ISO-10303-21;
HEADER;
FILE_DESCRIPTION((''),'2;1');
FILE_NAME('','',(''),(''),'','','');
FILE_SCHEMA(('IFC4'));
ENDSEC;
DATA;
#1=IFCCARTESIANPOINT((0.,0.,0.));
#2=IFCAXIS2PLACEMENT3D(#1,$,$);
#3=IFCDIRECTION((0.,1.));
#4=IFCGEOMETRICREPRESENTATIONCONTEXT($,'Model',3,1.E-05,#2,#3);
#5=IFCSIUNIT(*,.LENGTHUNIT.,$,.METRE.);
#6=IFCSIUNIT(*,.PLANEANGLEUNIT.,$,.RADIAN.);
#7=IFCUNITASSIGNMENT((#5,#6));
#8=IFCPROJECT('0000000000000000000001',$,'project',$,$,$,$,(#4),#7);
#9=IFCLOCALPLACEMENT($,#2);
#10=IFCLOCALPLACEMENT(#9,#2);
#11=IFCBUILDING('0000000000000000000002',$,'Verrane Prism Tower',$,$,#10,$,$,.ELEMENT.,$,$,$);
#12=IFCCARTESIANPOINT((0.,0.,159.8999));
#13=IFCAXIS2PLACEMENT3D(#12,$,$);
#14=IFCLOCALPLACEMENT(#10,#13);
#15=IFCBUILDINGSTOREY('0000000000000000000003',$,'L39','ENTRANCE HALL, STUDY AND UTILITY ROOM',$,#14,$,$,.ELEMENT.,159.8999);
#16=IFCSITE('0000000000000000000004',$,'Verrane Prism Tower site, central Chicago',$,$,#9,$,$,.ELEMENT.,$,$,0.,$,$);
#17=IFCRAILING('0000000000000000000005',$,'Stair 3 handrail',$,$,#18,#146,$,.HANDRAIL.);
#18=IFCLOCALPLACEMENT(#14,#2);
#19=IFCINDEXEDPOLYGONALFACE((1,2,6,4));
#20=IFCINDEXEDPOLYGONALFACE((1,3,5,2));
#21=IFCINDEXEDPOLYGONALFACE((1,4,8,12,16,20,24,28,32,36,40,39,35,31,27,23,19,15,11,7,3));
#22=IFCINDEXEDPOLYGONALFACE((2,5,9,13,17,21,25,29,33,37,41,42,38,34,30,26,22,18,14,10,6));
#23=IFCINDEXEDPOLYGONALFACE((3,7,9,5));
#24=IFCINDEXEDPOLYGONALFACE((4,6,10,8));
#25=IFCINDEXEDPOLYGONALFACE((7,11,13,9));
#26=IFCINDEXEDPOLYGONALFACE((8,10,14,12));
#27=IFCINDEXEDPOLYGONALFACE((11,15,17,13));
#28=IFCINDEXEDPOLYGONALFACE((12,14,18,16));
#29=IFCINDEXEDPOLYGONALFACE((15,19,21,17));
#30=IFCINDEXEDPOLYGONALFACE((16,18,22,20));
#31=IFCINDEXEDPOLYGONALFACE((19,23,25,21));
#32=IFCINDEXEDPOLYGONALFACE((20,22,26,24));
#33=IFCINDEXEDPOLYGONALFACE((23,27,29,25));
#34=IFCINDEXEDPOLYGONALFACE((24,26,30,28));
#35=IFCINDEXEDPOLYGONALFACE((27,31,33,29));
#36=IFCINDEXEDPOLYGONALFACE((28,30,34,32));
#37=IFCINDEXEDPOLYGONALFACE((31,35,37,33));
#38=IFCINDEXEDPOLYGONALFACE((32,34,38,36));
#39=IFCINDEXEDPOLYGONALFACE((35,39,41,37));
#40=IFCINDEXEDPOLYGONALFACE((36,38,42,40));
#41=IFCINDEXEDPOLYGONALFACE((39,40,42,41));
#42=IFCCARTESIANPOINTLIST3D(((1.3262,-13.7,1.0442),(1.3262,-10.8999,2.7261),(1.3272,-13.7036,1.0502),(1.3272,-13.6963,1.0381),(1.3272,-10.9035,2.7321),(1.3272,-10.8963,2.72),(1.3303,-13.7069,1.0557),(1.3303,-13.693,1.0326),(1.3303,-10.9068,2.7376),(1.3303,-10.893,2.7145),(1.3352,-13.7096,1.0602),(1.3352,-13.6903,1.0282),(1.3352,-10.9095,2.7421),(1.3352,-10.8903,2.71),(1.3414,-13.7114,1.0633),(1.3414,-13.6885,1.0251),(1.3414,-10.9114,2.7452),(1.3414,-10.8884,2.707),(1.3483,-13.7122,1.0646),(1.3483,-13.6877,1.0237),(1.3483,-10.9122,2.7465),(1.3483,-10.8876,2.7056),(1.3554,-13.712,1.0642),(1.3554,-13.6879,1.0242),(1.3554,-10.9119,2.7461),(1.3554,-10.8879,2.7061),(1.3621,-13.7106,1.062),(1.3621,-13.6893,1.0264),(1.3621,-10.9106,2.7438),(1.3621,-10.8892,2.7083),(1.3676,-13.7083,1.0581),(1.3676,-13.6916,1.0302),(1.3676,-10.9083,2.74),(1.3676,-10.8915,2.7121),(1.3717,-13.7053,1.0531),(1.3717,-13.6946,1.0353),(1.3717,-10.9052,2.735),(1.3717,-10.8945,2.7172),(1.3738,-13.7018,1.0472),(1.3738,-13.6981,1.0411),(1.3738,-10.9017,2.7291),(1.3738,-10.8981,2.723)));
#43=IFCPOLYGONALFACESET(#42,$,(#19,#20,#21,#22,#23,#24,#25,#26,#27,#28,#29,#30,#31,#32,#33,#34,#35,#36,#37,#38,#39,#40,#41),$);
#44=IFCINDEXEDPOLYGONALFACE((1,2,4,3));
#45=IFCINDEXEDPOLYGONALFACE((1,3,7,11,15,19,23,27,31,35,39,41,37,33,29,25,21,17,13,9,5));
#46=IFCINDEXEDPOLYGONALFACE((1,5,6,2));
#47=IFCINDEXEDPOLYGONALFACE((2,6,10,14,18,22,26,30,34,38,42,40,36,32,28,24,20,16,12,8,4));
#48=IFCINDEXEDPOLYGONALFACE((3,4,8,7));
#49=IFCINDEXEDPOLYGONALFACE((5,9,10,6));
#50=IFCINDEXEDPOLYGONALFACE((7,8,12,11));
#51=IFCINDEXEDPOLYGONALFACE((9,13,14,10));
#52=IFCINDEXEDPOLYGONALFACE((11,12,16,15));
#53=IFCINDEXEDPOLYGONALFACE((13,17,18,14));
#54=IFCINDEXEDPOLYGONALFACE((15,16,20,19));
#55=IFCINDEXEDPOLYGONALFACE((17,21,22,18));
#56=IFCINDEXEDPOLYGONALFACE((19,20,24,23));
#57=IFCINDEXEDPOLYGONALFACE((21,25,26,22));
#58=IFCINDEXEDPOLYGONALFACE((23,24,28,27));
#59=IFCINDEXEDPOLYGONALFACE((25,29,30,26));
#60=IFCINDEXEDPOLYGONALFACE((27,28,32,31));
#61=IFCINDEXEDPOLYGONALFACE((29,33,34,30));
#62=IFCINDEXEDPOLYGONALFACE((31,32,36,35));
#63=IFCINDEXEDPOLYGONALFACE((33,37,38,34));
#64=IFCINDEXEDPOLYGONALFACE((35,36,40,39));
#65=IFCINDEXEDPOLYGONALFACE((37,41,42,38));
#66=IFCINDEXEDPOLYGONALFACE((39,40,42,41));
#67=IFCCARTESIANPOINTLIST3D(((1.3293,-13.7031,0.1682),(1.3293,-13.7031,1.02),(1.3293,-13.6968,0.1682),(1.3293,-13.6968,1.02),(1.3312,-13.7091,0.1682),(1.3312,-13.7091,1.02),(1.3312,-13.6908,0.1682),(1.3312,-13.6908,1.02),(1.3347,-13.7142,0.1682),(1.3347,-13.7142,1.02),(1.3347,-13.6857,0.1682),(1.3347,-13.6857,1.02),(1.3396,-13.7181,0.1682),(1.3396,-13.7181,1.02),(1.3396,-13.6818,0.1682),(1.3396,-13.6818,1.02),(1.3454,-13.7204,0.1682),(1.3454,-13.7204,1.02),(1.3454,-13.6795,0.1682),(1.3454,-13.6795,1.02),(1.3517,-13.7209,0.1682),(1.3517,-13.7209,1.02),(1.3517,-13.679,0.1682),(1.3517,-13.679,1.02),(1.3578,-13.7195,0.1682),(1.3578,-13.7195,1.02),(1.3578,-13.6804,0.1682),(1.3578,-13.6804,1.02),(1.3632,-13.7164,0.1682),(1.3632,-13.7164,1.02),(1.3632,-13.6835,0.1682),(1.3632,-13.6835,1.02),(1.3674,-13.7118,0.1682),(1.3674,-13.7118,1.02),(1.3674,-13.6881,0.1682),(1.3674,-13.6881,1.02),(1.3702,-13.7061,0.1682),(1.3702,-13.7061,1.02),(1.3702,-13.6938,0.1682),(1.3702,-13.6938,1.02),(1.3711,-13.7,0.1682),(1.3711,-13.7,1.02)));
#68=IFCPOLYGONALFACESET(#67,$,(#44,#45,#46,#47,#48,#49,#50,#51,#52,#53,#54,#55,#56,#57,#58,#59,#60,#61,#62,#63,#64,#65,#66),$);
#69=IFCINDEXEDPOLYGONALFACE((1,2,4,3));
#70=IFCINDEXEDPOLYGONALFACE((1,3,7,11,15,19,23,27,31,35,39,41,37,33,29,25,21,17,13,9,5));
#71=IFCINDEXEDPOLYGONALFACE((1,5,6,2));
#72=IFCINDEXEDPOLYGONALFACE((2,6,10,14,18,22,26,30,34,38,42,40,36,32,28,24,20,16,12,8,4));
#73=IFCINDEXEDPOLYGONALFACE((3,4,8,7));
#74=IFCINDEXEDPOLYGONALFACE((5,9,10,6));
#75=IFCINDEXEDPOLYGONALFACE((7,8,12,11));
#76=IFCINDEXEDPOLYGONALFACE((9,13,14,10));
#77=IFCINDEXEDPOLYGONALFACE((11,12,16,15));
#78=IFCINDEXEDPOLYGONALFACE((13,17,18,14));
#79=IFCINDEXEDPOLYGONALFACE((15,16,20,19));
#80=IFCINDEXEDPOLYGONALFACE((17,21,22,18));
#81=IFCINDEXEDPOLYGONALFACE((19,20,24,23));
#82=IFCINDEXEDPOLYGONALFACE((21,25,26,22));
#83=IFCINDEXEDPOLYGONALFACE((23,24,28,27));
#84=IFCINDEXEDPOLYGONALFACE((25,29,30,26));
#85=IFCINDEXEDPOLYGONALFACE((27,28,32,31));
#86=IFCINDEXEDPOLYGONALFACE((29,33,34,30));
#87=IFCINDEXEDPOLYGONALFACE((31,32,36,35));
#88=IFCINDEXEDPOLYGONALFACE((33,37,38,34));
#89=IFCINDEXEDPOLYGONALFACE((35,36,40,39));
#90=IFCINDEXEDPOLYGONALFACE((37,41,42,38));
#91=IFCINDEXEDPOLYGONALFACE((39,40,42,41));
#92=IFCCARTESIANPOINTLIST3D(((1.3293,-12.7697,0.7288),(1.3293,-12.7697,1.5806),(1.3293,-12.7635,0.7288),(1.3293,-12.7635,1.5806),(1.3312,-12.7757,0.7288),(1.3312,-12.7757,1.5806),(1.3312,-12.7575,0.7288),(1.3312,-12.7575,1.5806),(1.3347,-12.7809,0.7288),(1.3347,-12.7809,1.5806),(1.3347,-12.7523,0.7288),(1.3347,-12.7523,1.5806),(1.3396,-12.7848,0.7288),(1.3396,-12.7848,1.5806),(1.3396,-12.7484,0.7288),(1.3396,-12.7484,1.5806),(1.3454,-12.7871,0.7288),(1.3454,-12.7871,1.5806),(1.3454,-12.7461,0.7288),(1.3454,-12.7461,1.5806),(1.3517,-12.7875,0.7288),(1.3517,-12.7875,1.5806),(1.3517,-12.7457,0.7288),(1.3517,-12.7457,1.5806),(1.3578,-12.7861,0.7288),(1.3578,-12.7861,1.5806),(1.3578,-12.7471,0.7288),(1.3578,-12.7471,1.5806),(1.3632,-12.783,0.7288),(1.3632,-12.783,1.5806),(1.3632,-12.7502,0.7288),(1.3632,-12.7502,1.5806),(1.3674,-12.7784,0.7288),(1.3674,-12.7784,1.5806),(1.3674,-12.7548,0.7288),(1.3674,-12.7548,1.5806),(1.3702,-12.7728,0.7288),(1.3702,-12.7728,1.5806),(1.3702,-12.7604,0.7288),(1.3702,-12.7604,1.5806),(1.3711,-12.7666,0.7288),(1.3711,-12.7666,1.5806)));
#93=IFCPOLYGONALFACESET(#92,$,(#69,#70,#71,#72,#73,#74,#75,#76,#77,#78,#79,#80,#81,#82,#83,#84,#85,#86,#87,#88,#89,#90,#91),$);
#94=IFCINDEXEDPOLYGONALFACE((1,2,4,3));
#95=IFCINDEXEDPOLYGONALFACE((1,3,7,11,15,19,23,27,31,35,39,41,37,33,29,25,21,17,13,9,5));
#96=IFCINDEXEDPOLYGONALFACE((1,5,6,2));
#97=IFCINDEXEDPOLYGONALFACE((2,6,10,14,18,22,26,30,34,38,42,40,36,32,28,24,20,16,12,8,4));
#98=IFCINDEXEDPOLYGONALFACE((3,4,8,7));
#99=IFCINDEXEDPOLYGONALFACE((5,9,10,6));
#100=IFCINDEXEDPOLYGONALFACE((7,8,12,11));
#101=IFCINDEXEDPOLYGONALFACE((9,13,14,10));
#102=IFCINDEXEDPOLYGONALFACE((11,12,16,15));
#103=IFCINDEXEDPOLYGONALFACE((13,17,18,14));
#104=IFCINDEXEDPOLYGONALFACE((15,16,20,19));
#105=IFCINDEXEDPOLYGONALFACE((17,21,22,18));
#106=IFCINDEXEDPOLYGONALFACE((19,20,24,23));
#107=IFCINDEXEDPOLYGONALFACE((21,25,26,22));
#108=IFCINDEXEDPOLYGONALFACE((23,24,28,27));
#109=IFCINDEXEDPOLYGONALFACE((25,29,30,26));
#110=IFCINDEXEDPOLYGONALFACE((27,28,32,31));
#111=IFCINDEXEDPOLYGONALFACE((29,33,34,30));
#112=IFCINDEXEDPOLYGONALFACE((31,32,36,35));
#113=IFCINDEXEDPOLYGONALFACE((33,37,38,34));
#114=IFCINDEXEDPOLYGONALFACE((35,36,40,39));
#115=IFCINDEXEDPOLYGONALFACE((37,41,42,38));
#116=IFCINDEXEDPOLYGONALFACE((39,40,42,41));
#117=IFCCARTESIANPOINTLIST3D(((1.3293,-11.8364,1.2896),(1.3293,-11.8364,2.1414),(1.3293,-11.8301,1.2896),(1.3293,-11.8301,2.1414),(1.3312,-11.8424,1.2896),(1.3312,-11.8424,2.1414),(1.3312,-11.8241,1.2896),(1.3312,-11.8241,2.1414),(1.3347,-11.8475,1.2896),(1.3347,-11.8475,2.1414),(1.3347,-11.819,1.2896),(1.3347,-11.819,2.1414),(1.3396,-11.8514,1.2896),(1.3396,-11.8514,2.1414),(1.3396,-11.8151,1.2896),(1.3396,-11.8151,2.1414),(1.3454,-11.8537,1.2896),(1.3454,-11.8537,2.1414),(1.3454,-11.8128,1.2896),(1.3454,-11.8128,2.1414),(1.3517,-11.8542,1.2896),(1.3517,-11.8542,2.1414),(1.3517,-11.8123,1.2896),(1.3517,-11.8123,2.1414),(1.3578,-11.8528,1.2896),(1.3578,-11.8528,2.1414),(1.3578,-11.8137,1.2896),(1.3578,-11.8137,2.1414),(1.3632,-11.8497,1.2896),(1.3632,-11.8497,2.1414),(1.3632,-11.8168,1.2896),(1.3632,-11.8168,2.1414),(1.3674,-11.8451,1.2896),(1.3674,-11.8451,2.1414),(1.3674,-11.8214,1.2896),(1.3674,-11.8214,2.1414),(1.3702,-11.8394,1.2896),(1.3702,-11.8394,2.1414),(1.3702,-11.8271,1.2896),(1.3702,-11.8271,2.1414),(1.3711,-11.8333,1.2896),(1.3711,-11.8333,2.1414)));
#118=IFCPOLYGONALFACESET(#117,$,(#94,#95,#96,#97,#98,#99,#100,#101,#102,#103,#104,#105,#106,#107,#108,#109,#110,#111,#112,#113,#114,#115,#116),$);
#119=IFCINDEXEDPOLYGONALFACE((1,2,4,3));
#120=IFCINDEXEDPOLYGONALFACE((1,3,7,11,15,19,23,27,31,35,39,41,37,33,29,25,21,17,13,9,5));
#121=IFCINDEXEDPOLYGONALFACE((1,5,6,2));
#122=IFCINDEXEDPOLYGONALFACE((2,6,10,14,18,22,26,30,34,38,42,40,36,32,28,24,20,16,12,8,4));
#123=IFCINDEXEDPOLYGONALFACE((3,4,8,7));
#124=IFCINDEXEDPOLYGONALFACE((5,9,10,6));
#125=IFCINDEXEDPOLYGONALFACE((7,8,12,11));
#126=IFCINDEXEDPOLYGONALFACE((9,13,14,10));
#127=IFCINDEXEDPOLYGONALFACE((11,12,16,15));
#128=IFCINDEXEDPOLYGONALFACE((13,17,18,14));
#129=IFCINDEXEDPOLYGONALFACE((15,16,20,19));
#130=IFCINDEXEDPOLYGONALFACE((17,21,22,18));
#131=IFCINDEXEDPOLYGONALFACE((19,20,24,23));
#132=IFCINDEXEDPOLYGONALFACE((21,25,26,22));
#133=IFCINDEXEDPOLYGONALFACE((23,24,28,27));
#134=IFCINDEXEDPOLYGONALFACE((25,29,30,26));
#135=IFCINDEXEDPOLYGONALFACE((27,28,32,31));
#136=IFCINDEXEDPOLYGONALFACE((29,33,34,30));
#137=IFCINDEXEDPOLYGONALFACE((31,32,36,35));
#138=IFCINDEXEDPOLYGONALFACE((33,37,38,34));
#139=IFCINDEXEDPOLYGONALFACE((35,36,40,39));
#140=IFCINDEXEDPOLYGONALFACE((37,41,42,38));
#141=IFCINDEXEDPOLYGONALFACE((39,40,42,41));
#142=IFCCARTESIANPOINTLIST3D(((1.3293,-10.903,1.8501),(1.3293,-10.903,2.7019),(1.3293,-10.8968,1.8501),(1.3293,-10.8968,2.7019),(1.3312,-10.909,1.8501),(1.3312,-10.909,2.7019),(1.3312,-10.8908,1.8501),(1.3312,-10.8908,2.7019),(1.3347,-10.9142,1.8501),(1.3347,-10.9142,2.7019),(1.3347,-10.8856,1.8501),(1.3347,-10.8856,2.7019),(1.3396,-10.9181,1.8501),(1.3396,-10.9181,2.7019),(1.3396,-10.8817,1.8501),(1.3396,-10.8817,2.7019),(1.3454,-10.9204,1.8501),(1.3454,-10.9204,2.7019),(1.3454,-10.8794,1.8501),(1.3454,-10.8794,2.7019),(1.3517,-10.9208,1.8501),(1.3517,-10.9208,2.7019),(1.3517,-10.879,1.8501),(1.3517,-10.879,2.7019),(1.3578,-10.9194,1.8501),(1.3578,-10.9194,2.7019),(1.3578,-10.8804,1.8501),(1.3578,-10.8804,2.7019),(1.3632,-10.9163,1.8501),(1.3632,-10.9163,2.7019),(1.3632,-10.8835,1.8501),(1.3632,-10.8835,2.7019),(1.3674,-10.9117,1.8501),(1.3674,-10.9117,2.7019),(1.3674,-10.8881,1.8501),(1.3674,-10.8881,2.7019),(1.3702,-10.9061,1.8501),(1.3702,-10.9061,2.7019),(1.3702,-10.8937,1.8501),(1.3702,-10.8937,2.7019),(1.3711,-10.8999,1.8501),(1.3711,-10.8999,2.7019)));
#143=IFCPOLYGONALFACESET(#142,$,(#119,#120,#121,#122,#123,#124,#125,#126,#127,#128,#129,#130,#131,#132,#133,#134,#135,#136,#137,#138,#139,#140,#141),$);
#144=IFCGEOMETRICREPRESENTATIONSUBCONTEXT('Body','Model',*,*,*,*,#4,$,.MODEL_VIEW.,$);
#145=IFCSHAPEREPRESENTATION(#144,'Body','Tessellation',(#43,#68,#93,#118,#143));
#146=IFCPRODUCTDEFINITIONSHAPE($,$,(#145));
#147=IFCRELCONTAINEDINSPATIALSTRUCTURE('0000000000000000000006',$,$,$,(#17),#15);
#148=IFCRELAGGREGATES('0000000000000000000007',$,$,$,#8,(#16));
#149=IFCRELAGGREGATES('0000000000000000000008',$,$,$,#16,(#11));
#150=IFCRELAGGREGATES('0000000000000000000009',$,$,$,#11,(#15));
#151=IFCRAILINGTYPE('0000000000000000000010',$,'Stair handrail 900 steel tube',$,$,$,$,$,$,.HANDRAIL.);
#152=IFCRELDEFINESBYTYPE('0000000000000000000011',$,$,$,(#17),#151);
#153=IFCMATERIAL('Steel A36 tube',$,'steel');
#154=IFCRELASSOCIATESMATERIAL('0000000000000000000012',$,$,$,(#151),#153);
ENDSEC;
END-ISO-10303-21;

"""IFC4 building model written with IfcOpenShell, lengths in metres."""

from ifc_helpers import new_model, si_unit, direction, frame, origin, origin_2d, place, context, subcontext, project, spatial, circle, extrude, material, type_object, element, save


model = new_model("IFC4")

# Units and contexts
model_context = context("Model", 3, precision=1e-05, world=origin(), true_north=direction((0.0, 1.0)))
body_context = subcontext(model_context, "Body", "Model", "MODEL_VIEW")
ifc_project = project(units=[si_unit("LENGTHUNIT", "METRE"), si_unit("PLANEANGLEUNIT", "RADIAN")], contexts=[model_context])

# Site, building, storey
site_placement = place(None, origin())
site = spatial("IfcSite", under=ifc_project, at=site_placement, Name="Verrane Prism Tower site, central Chicago", CompositionType="ELEMENT", RefElevation=0.0)
building_placement = place(site_placement, origin())
building = spatial("IfcBuilding", under=site, at=building_placement, Name="Verrane Prism Tower", CompositionType="ELEMENT")
storey_placement = place(building_placement, frame((0.0, 0.0, 159.8999)))
storey = spatial("IfcBuildingStorey", under=building, at=storey_placement, Name="L39", Description="ENTRANCE HALL, STUDY AND UTILITY ROOM", CompositionType="ELEMENT", Elevation=159.8999)

# Railing
ifc_material_1 = material(Name="Steel A36 tube", Category="steel")
railing_type_1 = type_object("IfcRailingType", Name="Stair handrail 900 steel tube", PredefinedType="HANDRAIL", material=ifc_material_1)
railing_1_placement = place(storey_placement, frame((1.3501, -13.7, 0.1682)))
element("IfcRailing", 1, at=railing_1_placement, inside=storey, type_object=railing_type_1, Name="Stair 3 handrail", PredefinedType="HANDRAIL", context=body_context, shape_type="SweptSolid", body=[
    extrude(circle(Radius=0.0239, at=origin_2d()), frame((0.0, 0.0, 0.876), z_axis=(0.0, 0.857242, 0.514913), x_axis=(-1.0, 0.0, 0.0)), (0.0, 0.0, 1.0), 3.2664),
    extrude(circle(Radius=0.021, at=origin_2d()), origin(), (0.0, 0.0, 1.0), 0.8518),
    extrude(circle(Radius=0.021, at=origin_2d()), frame((0.0, 0.9333, 0.5605)), (0.0, 0.0, 1.0), 0.8518),
    extrude(circle(Radius=0.021, at=origin_2d()), frame((0.0, 1.8667, 1.1213)), (0.0, 0.0, 1.0), 0.8518),
    extrude(circle(Radius=0.021, at=origin_2d()), frame((0.0, 2.8, 1.6819)), (0.0, 0.0, 1.0), 0.8518),
])

save(model, "model.ifc")
